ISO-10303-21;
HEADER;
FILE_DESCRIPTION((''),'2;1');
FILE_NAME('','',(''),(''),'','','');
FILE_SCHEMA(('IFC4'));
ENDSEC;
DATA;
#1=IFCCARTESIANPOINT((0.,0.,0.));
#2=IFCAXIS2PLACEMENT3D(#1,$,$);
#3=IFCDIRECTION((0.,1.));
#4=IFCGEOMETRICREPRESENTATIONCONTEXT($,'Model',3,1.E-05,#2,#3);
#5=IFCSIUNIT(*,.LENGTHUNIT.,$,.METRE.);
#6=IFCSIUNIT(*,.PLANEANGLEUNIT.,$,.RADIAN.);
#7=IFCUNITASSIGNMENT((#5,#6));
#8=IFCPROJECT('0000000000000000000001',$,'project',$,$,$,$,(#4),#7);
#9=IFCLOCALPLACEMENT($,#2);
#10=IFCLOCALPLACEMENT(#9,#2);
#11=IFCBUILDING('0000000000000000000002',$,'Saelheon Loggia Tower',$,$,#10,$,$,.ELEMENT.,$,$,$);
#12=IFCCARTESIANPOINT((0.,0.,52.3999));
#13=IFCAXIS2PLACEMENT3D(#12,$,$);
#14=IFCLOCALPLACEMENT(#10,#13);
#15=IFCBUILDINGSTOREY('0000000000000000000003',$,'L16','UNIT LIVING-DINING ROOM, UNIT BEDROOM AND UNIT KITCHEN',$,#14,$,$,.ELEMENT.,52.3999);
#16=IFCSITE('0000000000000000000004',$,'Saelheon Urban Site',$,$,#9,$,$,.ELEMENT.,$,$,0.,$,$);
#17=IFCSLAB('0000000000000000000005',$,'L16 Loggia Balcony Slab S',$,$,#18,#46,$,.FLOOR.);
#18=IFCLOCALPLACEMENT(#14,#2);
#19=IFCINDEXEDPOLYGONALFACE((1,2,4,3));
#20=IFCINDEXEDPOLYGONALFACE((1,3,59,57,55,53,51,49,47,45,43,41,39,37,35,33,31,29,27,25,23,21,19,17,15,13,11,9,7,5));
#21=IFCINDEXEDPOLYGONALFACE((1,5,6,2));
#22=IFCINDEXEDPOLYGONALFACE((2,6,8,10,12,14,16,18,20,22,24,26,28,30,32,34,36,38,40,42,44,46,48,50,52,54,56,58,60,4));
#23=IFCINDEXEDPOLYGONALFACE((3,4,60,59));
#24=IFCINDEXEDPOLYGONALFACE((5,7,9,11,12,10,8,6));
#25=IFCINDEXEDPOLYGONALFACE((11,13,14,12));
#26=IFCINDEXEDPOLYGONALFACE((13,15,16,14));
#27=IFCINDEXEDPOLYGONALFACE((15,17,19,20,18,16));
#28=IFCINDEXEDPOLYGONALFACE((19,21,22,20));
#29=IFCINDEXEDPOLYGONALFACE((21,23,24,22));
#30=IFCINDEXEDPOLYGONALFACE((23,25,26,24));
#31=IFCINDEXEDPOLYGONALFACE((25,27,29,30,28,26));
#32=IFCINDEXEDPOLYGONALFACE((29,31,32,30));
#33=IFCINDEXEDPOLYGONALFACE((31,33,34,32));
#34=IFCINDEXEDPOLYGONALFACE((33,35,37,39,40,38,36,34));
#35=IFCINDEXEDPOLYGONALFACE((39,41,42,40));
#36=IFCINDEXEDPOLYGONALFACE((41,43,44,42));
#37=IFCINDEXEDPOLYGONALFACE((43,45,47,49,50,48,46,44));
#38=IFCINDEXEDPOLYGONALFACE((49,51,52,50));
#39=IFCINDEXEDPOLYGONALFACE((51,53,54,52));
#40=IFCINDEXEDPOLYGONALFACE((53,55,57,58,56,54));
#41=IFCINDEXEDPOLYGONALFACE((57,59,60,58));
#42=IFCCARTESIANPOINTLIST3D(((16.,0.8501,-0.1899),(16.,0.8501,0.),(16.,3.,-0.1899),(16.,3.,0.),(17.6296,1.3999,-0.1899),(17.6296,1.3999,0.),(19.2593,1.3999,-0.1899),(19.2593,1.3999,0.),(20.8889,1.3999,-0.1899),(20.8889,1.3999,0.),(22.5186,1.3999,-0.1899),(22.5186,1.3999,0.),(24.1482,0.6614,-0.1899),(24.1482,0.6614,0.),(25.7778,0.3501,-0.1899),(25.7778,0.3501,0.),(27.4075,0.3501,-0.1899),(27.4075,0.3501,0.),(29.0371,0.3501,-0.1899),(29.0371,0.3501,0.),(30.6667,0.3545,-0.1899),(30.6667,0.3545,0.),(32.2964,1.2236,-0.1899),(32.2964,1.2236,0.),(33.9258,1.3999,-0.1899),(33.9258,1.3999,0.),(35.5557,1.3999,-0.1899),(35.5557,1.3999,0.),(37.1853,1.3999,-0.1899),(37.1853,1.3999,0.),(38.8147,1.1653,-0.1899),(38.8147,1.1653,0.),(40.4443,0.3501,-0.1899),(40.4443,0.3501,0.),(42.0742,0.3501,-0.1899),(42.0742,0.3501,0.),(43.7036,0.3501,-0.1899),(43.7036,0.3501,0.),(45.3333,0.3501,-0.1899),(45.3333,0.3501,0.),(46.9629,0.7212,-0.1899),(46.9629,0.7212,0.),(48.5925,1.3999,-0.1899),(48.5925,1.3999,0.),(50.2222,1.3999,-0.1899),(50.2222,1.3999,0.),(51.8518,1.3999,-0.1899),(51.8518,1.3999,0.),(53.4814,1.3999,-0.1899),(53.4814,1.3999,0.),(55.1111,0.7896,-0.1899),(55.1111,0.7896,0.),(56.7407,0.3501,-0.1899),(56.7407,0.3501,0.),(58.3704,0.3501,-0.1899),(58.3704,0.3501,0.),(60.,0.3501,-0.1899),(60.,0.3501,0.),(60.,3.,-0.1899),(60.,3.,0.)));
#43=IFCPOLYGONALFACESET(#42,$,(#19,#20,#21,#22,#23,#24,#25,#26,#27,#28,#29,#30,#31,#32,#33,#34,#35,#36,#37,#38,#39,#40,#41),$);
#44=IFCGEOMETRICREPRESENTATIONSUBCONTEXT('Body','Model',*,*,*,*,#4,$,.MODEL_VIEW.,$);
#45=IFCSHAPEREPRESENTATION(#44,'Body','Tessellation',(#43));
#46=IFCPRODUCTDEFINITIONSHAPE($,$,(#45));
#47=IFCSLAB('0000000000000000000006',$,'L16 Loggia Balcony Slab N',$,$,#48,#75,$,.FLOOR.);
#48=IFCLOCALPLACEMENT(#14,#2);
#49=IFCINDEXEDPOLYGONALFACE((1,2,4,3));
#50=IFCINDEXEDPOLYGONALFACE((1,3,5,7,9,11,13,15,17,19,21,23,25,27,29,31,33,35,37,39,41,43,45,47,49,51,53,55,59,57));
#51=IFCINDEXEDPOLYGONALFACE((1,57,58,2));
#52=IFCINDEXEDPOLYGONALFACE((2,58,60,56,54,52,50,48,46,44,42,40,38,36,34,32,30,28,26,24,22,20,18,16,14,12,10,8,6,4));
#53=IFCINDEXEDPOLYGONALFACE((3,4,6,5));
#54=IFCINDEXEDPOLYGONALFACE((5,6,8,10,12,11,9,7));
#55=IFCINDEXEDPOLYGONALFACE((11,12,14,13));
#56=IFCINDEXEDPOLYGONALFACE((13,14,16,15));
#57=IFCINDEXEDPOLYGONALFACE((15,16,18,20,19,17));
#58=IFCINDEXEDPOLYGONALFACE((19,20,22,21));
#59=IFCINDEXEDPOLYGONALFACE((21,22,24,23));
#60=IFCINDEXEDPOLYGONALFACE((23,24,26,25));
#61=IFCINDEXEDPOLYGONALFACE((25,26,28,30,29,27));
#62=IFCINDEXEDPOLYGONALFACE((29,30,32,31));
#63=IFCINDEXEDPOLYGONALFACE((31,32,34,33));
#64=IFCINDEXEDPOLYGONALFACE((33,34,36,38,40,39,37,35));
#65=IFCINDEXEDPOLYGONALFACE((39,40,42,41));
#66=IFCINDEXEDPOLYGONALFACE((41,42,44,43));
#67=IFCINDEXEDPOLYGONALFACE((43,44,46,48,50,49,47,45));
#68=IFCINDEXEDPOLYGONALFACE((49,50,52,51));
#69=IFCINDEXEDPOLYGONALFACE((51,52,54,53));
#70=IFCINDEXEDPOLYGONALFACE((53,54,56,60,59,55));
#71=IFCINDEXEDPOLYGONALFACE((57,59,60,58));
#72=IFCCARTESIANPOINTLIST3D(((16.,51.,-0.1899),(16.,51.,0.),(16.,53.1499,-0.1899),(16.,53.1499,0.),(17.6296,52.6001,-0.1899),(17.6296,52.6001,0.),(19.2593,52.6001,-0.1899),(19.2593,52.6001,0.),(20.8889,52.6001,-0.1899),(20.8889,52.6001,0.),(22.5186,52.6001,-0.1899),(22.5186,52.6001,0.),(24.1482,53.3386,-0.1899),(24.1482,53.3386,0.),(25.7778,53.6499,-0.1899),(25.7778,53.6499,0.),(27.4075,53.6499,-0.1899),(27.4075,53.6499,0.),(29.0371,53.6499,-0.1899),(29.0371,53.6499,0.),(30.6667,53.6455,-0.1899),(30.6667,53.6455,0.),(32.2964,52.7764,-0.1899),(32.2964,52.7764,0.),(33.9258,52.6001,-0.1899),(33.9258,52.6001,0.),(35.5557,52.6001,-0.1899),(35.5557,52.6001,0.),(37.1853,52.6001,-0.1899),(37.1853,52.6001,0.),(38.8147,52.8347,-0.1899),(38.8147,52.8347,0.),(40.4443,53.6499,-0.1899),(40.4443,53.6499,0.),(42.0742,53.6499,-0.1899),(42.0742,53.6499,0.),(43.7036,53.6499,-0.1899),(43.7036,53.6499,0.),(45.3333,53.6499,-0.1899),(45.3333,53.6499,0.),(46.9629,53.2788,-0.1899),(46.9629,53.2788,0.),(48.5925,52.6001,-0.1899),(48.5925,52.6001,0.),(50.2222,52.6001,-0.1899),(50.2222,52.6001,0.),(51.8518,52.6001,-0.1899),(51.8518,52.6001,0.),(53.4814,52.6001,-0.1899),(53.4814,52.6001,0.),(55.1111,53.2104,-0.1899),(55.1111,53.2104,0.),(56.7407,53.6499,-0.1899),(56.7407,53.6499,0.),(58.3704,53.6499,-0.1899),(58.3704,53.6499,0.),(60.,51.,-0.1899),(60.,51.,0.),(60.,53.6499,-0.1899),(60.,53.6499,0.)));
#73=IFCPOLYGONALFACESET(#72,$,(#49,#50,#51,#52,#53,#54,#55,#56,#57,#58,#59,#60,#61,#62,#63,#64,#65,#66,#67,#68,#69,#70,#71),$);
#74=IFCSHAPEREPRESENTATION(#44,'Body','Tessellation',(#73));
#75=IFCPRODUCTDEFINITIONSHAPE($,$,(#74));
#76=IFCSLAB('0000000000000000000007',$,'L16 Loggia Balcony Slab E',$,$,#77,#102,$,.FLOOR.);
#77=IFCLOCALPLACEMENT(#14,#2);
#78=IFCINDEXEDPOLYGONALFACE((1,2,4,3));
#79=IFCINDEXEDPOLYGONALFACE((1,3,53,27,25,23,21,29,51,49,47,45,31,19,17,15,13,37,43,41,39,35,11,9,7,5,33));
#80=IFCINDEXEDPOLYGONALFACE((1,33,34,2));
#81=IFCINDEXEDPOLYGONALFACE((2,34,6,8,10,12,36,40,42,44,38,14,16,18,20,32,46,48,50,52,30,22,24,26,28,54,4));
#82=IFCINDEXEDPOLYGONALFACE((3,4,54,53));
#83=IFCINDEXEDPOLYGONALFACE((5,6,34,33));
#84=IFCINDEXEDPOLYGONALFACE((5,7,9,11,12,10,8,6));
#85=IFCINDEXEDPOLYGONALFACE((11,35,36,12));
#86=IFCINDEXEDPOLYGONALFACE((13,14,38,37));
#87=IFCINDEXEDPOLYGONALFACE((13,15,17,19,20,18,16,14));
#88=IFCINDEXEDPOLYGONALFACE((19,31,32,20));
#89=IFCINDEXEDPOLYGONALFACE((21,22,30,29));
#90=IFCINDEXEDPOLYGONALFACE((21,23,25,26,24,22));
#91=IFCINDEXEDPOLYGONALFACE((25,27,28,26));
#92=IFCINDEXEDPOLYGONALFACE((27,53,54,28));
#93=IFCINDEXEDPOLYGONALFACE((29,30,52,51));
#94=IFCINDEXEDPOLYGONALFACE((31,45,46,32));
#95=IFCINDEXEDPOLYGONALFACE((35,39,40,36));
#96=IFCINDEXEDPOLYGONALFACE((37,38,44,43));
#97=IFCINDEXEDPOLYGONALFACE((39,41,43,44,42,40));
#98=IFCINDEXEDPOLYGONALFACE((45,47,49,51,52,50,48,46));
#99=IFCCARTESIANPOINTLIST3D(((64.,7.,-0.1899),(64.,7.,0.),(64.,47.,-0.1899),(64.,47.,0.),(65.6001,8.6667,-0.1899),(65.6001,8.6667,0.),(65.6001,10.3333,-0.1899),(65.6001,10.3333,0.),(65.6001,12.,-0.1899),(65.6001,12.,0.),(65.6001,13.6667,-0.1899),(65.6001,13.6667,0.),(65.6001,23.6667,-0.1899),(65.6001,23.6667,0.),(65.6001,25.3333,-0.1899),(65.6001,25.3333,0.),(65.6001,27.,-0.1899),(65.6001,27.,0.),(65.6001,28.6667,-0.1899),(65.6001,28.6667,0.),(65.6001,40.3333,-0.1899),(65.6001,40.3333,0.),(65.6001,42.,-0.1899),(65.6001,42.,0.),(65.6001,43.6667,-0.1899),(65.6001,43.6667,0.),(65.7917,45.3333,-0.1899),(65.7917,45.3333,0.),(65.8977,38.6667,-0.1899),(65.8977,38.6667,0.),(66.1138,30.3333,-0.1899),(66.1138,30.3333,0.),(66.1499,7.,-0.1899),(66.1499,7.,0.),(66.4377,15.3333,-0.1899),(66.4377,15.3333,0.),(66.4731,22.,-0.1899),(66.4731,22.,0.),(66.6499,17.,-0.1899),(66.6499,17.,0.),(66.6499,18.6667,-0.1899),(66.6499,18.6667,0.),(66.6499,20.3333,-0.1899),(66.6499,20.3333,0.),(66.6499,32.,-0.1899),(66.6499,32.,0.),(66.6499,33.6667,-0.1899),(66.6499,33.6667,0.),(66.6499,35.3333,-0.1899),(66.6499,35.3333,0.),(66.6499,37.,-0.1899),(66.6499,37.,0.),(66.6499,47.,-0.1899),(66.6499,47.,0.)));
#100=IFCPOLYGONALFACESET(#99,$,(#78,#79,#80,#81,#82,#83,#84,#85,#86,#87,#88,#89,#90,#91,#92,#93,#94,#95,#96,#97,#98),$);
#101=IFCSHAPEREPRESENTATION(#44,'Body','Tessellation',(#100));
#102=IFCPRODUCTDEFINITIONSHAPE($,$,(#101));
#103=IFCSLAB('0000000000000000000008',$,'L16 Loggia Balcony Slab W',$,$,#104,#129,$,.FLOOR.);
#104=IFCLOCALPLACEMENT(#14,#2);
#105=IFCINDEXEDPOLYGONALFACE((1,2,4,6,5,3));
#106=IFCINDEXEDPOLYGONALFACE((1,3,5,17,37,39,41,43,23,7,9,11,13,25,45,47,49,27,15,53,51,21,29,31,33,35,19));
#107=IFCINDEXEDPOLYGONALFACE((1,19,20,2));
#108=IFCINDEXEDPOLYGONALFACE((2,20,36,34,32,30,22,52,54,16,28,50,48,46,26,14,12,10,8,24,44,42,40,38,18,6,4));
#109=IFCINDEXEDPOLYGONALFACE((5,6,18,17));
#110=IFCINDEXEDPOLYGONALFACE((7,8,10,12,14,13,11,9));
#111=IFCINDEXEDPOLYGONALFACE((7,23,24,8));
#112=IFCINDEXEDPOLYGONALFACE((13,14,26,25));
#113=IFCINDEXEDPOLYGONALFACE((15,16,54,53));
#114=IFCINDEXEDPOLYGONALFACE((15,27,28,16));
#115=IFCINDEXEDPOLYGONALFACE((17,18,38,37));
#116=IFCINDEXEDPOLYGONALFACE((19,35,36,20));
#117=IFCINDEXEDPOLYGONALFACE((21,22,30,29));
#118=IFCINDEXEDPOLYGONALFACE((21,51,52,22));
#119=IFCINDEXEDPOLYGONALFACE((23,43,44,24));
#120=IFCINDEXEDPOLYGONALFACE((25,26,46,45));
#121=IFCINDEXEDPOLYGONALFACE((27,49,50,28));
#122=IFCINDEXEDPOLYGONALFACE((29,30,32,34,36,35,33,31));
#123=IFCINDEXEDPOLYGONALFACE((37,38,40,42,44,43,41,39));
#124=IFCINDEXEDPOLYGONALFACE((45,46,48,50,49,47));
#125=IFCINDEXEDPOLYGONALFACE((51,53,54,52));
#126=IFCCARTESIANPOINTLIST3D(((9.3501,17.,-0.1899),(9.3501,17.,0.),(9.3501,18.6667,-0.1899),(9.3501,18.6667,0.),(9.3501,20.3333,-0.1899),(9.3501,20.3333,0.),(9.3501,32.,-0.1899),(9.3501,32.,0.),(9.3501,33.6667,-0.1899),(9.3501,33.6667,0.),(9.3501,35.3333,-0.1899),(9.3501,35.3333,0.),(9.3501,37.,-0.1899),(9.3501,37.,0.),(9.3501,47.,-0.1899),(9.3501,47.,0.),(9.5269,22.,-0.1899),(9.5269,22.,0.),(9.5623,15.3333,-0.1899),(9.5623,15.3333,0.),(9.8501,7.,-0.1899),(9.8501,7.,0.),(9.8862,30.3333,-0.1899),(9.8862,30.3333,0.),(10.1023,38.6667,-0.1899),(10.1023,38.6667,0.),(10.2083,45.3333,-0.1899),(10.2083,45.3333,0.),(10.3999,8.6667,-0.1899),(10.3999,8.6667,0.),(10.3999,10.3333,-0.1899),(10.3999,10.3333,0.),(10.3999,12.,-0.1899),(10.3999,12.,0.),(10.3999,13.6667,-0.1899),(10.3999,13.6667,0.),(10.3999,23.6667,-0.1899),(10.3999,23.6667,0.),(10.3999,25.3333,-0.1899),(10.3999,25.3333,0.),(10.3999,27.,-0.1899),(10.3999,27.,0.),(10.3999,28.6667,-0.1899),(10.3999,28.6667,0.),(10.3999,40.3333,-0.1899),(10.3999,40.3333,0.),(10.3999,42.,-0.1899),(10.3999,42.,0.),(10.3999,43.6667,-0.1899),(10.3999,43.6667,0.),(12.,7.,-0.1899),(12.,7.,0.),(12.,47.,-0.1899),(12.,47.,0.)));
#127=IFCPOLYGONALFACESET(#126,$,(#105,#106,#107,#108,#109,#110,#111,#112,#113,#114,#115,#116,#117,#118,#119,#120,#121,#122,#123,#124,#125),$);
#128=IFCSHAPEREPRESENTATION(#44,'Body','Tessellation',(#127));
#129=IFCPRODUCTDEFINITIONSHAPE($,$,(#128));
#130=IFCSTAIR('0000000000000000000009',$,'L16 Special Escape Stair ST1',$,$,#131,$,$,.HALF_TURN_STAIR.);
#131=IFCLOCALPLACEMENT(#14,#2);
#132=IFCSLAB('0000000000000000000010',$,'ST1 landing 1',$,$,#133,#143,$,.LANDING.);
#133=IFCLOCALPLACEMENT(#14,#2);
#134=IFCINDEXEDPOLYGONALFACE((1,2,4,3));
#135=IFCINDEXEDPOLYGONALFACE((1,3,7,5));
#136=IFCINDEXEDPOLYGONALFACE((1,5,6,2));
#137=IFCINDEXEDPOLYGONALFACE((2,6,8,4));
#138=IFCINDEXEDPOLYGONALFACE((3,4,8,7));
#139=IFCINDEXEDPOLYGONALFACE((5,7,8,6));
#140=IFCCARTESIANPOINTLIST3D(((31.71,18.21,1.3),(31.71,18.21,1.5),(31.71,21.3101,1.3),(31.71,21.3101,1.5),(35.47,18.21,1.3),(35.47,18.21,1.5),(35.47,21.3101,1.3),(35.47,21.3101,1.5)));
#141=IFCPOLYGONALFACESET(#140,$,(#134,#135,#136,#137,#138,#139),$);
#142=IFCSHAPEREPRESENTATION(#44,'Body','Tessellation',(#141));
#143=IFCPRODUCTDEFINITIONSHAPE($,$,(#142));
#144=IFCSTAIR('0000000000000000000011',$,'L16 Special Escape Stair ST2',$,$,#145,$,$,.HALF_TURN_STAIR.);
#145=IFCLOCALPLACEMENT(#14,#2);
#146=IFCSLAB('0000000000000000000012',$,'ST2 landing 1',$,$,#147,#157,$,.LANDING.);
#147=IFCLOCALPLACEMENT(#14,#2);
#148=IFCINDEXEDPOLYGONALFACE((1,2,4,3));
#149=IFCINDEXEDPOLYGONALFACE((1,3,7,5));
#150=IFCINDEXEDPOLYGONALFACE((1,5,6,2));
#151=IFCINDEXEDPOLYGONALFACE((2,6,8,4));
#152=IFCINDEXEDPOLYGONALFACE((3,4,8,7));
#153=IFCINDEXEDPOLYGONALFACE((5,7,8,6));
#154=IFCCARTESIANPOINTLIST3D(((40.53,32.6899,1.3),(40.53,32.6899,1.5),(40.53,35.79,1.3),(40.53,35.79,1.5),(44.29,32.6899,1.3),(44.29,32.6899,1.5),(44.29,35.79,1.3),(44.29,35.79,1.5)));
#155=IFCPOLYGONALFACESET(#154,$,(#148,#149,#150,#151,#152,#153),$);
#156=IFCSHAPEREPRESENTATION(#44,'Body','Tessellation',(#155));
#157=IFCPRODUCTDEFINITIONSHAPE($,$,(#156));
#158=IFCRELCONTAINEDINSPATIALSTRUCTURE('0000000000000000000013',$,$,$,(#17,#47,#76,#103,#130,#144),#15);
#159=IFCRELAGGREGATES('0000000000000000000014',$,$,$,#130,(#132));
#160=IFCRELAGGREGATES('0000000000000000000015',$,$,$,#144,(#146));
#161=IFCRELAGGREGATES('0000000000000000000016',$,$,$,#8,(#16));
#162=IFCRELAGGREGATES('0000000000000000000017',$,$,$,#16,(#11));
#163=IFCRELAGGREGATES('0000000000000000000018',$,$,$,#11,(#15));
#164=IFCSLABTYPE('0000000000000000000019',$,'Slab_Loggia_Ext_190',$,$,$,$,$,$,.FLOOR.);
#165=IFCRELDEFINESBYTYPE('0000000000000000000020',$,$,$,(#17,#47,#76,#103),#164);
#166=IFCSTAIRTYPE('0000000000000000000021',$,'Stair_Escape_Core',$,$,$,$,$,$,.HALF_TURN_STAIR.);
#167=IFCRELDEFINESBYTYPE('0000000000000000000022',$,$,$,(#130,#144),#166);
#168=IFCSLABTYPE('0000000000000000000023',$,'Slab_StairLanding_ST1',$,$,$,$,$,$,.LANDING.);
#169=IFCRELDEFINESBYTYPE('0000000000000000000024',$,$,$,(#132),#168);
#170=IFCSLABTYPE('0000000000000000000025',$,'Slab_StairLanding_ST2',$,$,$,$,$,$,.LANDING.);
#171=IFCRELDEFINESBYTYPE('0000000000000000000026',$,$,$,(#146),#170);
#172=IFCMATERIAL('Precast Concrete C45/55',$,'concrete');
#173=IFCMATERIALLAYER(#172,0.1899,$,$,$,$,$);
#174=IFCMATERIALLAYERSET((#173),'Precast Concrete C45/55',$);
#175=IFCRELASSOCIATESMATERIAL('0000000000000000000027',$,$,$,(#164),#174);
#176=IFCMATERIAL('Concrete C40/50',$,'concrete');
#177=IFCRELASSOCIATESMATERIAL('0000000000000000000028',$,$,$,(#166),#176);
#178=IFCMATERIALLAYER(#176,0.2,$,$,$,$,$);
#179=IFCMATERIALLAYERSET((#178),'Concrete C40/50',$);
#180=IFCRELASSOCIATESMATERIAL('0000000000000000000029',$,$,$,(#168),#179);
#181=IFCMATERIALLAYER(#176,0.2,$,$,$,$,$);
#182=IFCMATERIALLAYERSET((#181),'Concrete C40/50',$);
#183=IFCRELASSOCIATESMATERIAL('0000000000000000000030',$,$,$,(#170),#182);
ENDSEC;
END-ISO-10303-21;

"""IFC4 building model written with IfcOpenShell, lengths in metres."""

from ifc_helpers import new_model, si_unit, direction, frame, origin, place, context, subcontext, project, spatial, polyline, outline, extrude, material, layer, layer_set, type_object, element, aggregate, save


model = new_model("IFC4")

# Units and contexts
model_context = context("Model", 3, precision=1e-05, world=origin(), true_north=direction((0.0, 1.0)))
body_context = subcontext(model_context, "Body", "Model", "MODEL_VIEW")
ifc_project = project(units=[si_unit("LENGTHUNIT", "METRE"), si_unit("PLANEANGLEUNIT", "RADIAN")], contexts=[model_context])

# Site, building, storey
site_placement = place(None, origin())
site = spatial("IfcSite", under=ifc_project, at=site_placement, Name="Saelheon Urban Site", CompositionType="ELEMENT", RefElevation=0.0)
building_placement = place(site_placement, origin())
building = spatial("IfcBuilding", under=site, at=building_placement, Name="Saelheon Loggia Tower", CompositionType="ELEMENT")
storey_placement = place(building_placement, frame((0.0, 0.0, 52.3999)))
storey = spatial("IfcBuildingStorey", under=building, at=storey_placement, Name="L16", Description="UNIT LIVING-DINING ROOM, UNIT BEDROOM AND UNIT KITCHEN", CompositionType="ELEMENT", Elevation=52.3999)

# Slabs
ifc_material_1 = material(Name="Precast Concrete C45/55", Category="concrete")
ifc_layer_1 = layer(ifc_material_1, 0.1899)
ifc_layer_set_1 = layer_set([ifc_layer_1], Name="Precast Concrete C45/55")
slab_type_1 = type_object("IfcSlabType", Name="Slab_Loggia_Ext_190", PredefinedType="FLOOR", material=ifc_layer_set_1)
slab_1_placement = place(storey_placement, frame((0.0, 0.0, -0.1899)))
element("IfcSlab", 1, at=slab_1_placement, inside=storey, type_object=slab_type_1, Name="L16 Loggia Balcony Slab S", PredefinedType="FLOOR", context=body_context, shape_type="SweptSolid", body=[
    extrude(outline(polyline([(16.0, 0.8501), (17.6296, 1.3999), (19.2593, 1.3999), (20.8889, 1.3999), (22.5186, 1.3999), (24.1482, 0.6614), (25.7778, 0.3501), (27.4075, 0.3501), (29.0371, 0.3501), (30.6667, 0.3545), (32.2964, 1.2236), (33.9258, 1.3999), (35.5557, 1.3999), (37.1853, 1.3999), (38.8147, 1.1653), (40.4443, 0.3501), (42.0742, 0.3501), (43.7036, 0.3501), (45.3333, 0.3501), (46.9629, 0.7212), (48.5925, 1.3999), (50.2222, 1.3999), (51.8518, 1.3999), (53.4814, 1.3999), (55.1111, 0.7896), (56.7407, 0.3501), (58.3704, 0.3501), (60.0, 0.3501), (60.0, 3.0), (16.0, 3.0), (16.0, 0.8501)])), origin(), (0.0, 0.0, 1.0), 0.1899),
])
slab_2_placement = place(storey_placement, frame((0.0, 0.0, -0.1899)))
element("IfcSlab", 2, at=slab_2_placement, inside=storey, type_object=slab_type_1, Name="L16 Loggia Balcony Slab N", PredefinedType="FLOOR", context=body_context, shape_type="SweptSolid", body=[
    extrude(outline(polyline([(16.0, 51.0), (60.0, 51.0), (60.0, 53.6499), (58.3704, 53.6499), (56.7407, 53.6499), (55.1111, 53.2104), (53.4814, 52.6001), (51.8518, 52.6001), (50.2222, 52.6001), (48.5925, 52.6001), (46.9629, 53.2788), (45.3333, 53.6499), (43.7036, 53.6499), (42.0742, 53.6499), (40.4443, 53.6499), (38.8147, 52.8347), (37.1853, 52.6001), (35.5557, 52.6001), (33.9258, 52.6001), (32.2964, 52.7764), (30.6667, 53.6455), (29.0371, 53.6499), (27.4075, 53.6499), (25.7778, 53.6499), (24.1482, 53.3386), (22.5186, 52.6001), (20.8889, 52.6001), (19.2593, 52.6001), (17.6296, 52.6001), (16.0, 53.1499), (16.0, 51.0)])), origin(), (0.0, 0.0, 1.0), 0.1899),
])
slab_3_placement = place(storey_placement, frame((0.0, 0.0, -0.1899)))
element("IfcSlab", 3, at=slab_3_placement, inside=storey, type_object=slab_type_1, Name="L16 Loggia Balcony Slab E", PredefinedType="FLOOR", context=body_context, shape_type="SweptSolid", body=[
    extrude(outline(polyline([(64.0, 7.0), (66.1499, 7.0), (65.6001, 8.6667), (65.6001, 10.3333), (65.6001, 12.0), (65.6001, 13.6667), (66.4377, 15.3333), (66.6499, 17.0), (66.6499, 18.6667), (66.6499, 20.3333), (66.4731, 22.0), (65.6001, 23.6667), (65.6001, 25.3333), (65.6001, 27.0), (65.6001, 28.6667), (66.1138, 30.3333), (66.6499, 32.0), (66.6499, 33.6667), (66.6499, 35.3333), (66.6499, 37.0), (65.8977, 38.6667), (65.6001, 40.3333), (65.6001, 42.0), (65.6001, 43.6667), (65.7917, 45.3333), (66.6499, 47.0), (64.0, 47.0), (64.0, 7.0)])), origin(), (0.0, 0.0, 1.0), 0.1899),
])
slab_4_placement = place(storey_placement, frame((0.0, 0.0, -0.1899)))
element("IfcSlab", 4, at=slab_4_placement, inside=storey, type_object=slab_type_1, Name="L16 Loggia Balcony Slab W", PredefinedType="FLOOR", context=body_context, shape_type="SweptSolid", body=[
    extrude(outline(polyline([(12.0, 7.0), (12.0, 47.0), (9.3501, 47.0), (10.2083, 45.3333), (10.3999, 43.6667), (10.3999, 42.0), (10.3999, 40.3333), (10.1023, 38.6667), (9.3501, 37.0), (9.3501, 35.3333), (9.3501, 33.6667), (9.3501, 32.0), (9.8862, 30.3333), (10.3999, 28.6667), (10.3999, 27.0), (10.3999, 25.3333), (10.3999, 23.6667), (9.5269, 22.0), (9.3501, 20.3333), (9.3501, 18.6667), (9.3501, 17.0), (9.5623, 15.3333), (10.3999, 13.6667), (10.3999, 12.0), (10.3999, 10.3333), (10.3999, 8.6667), (9.8501, 7.0), (12.0, 7.0)])), origin(), (0.0, 0.0, 1.0), 0.1899),
])

# Stairs, slabs
ifc_material_2 = material(Name="Concrete C40/50", Category="concrete")
stair_type = type_object("IfcStairType", Name="Stair_Escape_Core", PredefinedType="HALF_TURN_STAIR", material=ifc_material_2)
stair_1_placement = place(storey_placement, origin())
stair_1 = element("IfcStair", 5, at=stair_1_placement, inside=storey, type_object=stair_type, Name="L16 Special Escape Stair ST1", PredefinedType="HALF_TURN_STAIR")
ifc_layer_2 = layer(ifc_material_2, 0.2)
ifc_layer_set_2 = layer_set([ifc_layer_2], Name="Concrete C40/50")
slab_type_2 = type_object("IfcSlabType", Name="Slab_StairLanding_ST1", PredefinedType="LANDING", material=ifc_layer_set_2)
slab_5_placement = place(storey_placement, frame((0.0, 0.0, 1.3)))
slab_5 = element("IfcSlab", 6, at=slab_5_placement, type_object=slab_type_2, Name="ST1 landing 1", PredefinedType="LANDING", context=body_context, shape_type="SweptSolid", body=[
    extrude(outline(polyline([(31.71, 21.3101), (31.71, 18.21), (35.47, 18.21), (35.47, 21.3101), (31.71, 21.3101)])), origin(), (0.0, 0.0, 1.0), 0.2),
])
aggregate(stair_1, [slab_5])
stair_2_placement = place(storey_placement, origin())
stair_2 = element("IfcStair", 7, at=stair_2_placement, inside=storey, type_object=stair_type, Name="L16 Special Escape Stair ST2", PredefinedType="HALF_TURN_STAIR")
ifc_layer_3 = layer(ifc_material_2, 0.2)
ifc_layer_set_3 = layer_set([ifc_layer_3], Name="Concrete C40/50")
slab_type_3 = type_object("IfcSlabType", Name="Slab_StairLanding_ST2", PredefinedType="LANDING", material=ifc_layer_set_3)
slab_6_placement = place(storey_placement, frame((0.0, 0.0, 1.3)))
slab_6 = element("IfcSlab", 8, at=slab_6_placement, type_object=slab_type_3, Name="ST2 landing 1", PredefinedType="LANDING", context=body_context, shape_type="SweptSolid", body=[
    extrude(outline(polyline([(44.29, 32.6899), (44.29, 35.79), (40.53, 35.79), (40.53, 32.6899), (44.29, 32.6899)])), origin(), (0.0, 0.0, 1.0), 0.2),
])
aggregate(stair_2, [slab_6])

save(model, "model.ifc")
